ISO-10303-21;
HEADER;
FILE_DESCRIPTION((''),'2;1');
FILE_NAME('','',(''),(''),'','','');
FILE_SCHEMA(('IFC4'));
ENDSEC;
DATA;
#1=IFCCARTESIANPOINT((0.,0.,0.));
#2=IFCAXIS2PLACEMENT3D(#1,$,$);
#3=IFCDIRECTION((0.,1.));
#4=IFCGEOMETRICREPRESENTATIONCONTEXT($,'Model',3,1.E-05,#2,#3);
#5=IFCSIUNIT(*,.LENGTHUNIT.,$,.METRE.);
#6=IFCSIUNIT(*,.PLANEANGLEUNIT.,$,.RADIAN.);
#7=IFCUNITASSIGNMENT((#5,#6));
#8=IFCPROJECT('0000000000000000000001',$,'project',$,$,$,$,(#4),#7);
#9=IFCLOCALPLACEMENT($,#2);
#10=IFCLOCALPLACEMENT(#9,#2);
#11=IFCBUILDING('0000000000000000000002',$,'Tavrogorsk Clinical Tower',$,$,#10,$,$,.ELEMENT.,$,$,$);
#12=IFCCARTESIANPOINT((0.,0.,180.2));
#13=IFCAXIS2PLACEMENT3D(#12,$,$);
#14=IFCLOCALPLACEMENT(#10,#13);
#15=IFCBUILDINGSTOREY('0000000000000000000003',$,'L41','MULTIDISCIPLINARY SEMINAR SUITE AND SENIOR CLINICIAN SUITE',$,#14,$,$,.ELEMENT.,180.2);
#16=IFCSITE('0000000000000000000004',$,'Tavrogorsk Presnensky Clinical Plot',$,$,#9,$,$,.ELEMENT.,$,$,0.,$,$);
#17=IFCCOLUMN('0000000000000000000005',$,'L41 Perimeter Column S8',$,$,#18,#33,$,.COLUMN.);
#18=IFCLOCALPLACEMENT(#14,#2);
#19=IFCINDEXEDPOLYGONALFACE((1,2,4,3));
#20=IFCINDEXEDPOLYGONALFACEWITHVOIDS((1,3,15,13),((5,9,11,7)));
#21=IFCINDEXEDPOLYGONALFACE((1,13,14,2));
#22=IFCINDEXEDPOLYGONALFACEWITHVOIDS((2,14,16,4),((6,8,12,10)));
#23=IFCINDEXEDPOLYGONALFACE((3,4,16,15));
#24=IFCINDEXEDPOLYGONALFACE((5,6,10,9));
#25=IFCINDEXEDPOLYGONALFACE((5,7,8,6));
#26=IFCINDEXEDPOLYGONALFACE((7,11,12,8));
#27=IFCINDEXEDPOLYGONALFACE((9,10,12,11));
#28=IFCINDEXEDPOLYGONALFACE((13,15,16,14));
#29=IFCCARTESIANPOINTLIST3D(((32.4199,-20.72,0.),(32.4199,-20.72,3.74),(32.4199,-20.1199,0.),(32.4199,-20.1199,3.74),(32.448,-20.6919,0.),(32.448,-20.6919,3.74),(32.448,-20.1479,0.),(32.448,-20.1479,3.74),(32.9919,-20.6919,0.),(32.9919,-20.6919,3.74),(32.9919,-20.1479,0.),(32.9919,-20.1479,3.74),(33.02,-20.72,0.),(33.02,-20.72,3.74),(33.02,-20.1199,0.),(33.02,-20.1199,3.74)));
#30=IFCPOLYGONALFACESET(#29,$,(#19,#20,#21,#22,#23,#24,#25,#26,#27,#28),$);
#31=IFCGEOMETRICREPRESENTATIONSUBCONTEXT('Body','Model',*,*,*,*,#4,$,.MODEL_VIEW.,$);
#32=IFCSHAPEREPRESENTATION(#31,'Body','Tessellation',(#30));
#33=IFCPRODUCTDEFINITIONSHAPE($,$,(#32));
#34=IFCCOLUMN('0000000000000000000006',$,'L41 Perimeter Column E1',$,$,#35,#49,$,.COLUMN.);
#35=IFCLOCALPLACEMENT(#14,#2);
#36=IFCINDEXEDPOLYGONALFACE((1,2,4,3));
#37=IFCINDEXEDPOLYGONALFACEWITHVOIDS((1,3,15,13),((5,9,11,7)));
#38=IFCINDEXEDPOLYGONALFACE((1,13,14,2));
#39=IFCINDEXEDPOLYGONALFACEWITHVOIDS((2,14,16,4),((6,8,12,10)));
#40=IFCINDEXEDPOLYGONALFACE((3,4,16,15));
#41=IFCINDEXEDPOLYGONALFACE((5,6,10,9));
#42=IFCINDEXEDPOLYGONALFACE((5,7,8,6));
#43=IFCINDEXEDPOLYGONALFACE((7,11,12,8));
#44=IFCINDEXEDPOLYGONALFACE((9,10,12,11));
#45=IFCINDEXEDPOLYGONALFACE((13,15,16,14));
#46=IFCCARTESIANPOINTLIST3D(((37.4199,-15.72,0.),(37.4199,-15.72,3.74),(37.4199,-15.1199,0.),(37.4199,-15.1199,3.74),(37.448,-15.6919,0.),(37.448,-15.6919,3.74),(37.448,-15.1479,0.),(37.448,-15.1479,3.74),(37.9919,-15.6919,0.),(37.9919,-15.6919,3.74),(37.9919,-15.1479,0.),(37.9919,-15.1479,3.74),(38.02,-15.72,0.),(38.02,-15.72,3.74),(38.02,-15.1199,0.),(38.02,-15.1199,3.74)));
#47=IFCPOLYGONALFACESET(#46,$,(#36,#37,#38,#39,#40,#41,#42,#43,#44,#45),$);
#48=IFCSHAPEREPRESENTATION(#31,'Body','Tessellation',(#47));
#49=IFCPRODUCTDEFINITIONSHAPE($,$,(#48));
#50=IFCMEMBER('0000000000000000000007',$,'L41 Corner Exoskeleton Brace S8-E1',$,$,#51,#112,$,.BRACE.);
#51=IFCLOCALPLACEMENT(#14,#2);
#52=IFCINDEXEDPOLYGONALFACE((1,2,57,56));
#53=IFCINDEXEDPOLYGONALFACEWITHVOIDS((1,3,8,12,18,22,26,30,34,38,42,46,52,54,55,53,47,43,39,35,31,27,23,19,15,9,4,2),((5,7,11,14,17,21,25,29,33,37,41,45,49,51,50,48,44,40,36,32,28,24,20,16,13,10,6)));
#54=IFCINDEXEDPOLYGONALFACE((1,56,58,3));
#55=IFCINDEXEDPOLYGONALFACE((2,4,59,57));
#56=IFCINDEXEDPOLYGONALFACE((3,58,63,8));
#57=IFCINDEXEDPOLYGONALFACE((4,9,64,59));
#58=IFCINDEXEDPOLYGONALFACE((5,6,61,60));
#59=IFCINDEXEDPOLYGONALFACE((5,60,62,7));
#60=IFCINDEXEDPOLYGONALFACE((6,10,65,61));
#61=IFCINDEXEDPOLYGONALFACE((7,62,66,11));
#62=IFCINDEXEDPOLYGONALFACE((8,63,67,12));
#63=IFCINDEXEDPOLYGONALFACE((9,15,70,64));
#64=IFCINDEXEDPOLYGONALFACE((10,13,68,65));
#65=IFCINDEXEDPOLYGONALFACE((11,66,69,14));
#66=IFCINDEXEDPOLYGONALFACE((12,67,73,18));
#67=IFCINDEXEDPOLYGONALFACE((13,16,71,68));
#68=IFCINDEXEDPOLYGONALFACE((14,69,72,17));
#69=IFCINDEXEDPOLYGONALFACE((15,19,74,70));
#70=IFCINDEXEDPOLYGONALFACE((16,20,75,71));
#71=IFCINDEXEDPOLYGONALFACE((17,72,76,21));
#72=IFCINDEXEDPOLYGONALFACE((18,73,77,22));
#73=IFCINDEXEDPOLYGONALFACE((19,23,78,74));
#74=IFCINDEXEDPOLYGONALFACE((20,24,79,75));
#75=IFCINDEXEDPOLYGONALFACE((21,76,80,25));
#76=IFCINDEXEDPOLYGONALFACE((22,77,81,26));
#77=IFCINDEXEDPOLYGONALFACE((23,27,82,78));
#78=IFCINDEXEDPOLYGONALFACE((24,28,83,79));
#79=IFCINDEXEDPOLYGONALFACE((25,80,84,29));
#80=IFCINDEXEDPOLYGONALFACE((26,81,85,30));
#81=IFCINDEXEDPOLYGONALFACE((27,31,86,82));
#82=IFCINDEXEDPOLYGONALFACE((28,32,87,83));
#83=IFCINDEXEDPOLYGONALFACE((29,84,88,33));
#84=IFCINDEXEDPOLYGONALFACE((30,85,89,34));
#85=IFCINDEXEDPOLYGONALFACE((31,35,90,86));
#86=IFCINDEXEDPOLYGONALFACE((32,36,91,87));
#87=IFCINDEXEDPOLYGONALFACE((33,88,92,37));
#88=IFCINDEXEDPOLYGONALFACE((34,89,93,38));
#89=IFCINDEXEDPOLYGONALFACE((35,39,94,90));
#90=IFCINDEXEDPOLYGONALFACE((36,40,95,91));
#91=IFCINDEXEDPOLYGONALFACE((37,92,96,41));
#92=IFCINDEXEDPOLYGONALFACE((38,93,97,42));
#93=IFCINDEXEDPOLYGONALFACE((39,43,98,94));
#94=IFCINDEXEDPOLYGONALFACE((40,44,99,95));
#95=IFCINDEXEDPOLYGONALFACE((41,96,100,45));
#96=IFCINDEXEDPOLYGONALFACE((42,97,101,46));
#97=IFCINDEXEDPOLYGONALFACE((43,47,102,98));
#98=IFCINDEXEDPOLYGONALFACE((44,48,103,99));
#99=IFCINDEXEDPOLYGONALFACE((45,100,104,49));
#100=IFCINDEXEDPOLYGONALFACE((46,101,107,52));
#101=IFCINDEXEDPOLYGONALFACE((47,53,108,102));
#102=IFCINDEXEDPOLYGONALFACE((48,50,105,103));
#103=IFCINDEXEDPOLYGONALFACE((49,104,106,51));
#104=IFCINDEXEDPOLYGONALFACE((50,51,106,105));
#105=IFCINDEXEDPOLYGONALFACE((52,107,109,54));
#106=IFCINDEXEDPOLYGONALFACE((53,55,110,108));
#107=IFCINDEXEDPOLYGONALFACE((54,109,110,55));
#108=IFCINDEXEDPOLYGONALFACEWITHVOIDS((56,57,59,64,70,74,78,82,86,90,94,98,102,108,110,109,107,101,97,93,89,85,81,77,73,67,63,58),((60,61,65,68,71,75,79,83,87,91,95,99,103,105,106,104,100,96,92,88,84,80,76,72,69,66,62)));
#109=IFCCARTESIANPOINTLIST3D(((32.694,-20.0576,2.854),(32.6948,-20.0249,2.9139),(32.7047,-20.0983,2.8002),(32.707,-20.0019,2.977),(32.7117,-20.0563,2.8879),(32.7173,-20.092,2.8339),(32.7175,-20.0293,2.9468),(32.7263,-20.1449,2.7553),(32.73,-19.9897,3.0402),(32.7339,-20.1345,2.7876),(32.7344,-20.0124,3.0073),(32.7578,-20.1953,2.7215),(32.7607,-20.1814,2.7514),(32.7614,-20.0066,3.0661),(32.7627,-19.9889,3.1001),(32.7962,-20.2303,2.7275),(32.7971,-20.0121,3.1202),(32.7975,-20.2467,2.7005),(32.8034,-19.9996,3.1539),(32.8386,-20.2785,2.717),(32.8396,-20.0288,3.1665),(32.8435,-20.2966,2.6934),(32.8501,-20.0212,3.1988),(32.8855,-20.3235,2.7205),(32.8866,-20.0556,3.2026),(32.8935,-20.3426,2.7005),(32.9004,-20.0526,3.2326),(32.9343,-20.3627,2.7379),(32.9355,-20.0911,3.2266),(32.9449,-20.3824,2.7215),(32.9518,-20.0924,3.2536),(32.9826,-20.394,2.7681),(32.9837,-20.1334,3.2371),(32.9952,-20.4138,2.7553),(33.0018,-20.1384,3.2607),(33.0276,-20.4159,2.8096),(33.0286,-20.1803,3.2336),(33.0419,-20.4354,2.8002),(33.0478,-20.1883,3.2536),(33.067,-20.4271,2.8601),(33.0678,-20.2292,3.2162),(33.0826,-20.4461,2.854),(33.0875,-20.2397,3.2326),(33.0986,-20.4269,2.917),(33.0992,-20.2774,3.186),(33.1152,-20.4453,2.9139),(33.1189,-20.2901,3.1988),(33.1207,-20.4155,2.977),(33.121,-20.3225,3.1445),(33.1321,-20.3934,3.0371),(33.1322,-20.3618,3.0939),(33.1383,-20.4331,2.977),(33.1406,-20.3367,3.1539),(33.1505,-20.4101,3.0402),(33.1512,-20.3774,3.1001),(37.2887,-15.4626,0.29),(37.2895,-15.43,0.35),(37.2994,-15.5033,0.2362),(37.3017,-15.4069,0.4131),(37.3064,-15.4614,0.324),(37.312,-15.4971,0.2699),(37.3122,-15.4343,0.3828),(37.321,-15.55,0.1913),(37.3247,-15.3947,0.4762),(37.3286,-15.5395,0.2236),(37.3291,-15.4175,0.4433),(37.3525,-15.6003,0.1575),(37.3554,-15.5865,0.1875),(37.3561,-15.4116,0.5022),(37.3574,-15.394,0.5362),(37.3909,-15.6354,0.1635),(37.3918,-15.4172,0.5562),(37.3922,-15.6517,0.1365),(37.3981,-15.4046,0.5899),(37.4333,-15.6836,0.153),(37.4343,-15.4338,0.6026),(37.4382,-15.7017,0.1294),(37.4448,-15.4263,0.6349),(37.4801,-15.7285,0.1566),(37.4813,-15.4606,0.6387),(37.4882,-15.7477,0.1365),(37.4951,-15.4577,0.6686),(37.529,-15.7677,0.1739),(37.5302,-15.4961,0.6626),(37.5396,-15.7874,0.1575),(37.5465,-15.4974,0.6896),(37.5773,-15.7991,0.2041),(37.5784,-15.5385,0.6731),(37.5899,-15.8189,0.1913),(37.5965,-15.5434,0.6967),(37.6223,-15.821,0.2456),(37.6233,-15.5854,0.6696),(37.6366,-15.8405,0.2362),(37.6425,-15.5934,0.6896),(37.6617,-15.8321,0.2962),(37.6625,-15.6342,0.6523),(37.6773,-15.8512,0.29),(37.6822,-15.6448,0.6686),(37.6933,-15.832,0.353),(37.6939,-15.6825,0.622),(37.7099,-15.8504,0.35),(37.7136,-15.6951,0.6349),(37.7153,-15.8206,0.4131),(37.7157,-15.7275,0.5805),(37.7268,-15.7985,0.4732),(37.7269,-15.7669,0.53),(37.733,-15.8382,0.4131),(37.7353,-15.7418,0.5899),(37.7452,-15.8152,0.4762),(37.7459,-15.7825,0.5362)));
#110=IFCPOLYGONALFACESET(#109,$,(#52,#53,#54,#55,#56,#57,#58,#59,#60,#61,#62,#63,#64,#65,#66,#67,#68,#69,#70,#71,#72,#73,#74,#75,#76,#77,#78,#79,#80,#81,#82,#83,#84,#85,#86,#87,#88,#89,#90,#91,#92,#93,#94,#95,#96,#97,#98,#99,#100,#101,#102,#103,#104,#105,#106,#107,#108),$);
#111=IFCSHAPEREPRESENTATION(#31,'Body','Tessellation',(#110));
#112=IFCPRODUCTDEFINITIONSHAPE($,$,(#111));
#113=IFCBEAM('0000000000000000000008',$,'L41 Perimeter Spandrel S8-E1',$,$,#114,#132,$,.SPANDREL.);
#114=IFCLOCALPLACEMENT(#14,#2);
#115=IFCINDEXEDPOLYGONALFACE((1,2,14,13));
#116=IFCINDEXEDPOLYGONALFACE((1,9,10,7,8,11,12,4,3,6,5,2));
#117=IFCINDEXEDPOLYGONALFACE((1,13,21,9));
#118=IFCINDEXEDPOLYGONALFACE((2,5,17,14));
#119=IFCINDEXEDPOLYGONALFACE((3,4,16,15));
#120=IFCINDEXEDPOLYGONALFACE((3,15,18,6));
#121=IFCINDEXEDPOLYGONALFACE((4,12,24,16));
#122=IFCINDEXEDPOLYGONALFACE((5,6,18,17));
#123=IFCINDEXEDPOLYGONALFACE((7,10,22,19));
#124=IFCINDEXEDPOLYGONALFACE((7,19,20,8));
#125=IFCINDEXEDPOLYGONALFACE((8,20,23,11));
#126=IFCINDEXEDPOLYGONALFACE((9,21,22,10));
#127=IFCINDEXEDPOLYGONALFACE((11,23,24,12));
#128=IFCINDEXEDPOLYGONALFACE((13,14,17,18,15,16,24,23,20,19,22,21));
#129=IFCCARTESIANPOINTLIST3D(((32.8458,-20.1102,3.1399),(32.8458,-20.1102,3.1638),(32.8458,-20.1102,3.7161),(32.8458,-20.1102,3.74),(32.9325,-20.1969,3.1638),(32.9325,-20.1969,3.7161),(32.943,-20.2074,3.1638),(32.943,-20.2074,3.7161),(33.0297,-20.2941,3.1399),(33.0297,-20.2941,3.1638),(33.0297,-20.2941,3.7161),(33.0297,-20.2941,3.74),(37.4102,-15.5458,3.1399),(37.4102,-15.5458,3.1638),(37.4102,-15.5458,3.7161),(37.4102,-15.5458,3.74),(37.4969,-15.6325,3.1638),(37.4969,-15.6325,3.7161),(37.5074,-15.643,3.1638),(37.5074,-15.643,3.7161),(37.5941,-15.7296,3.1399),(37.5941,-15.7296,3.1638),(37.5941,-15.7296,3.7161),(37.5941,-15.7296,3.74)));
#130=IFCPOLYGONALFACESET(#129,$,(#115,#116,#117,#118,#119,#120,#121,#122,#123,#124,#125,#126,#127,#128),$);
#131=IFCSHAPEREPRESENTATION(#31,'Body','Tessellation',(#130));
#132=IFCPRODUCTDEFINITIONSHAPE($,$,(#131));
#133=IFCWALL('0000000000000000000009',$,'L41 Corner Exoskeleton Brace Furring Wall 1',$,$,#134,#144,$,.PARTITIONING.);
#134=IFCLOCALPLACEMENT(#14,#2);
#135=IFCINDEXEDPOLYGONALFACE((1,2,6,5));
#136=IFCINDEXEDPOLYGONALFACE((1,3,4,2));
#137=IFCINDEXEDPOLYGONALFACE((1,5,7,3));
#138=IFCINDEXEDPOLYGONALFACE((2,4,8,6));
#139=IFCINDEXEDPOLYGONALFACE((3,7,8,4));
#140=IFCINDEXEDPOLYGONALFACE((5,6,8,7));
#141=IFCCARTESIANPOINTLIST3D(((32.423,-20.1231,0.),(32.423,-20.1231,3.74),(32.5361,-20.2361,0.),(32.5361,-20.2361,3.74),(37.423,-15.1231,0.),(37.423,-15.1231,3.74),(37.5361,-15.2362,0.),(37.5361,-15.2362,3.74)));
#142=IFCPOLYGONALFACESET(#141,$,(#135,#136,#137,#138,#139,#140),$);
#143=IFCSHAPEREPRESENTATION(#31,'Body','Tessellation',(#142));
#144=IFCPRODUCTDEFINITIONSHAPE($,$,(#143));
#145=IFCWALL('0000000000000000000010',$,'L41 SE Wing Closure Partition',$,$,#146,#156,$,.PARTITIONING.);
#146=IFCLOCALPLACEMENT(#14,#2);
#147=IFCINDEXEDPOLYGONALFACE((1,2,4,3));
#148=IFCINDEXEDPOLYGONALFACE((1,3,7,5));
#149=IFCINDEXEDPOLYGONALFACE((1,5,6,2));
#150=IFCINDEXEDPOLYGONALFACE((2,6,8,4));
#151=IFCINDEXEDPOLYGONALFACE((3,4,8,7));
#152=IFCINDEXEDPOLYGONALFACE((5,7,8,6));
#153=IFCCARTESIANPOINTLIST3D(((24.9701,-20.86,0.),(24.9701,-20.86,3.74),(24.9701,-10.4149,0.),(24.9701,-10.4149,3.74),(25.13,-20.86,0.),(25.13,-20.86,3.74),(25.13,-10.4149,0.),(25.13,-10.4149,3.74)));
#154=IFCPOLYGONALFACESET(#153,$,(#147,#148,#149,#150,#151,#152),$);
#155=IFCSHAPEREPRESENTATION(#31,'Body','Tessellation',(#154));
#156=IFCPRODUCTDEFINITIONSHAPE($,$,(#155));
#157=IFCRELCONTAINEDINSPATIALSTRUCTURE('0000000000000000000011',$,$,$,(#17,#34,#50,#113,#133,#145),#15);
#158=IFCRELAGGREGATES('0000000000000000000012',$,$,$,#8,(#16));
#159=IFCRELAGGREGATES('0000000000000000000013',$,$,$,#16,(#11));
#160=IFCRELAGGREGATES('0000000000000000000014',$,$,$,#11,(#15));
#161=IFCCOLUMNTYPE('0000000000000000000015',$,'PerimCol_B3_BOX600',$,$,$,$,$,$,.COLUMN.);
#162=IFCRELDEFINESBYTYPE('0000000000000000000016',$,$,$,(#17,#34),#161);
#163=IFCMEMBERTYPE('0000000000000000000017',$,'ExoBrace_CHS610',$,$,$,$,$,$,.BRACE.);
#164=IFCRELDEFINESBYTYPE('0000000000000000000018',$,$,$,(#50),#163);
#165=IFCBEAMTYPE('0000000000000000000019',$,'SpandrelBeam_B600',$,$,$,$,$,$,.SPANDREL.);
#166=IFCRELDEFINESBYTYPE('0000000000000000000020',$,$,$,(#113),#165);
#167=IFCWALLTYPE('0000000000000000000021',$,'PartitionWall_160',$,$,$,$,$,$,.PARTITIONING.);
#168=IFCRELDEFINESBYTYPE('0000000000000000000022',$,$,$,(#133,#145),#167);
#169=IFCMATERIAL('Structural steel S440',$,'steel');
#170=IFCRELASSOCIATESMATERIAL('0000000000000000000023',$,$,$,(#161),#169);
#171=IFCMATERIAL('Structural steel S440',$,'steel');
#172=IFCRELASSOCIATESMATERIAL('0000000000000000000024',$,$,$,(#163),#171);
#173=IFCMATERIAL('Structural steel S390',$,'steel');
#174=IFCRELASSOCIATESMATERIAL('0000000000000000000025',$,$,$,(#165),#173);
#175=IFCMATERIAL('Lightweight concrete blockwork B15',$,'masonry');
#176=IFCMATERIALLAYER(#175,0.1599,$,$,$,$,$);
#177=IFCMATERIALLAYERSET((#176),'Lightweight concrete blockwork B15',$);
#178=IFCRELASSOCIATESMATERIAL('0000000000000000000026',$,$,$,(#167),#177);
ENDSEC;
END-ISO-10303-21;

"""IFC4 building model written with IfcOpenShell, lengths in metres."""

from ifc_helpers import new_model, si_unit, direction, frame, frame_2d, origin, origin_2d, place, context, subcontext, project, spatial, rectangle, hollow_rectangle, hollow_circle, i_section, extrude, material, layer, layer_set, material_profile, profile_set, type_object, element, save


model = new_model("IFC4")

# Units and contexts
model_context = context("Model", 3, precision=1e-05, world=origin(), true_north=direction((0.0, 1.0)))
body_context = subcontext(model_context, "Body", "Model", "MODEL_VIEW")
ifc_project = project(units=[si_unit("LENGTHUNIT", "METRE"), si_unit("PLANEANGLEUNIT", "RADIAN")], contexts=[model_context])

# Site, building, storey
site_placement = place(None, origin())
site = spatial("IfcSite", under=ifc_project, at=site_placement, Name="Tavrogorsk Presnensky Clinical Plot", CompositionType="ELEMENT", RefElevation=0.0)
building_placement = place(site_placement, origin())
building = spatial("IfcBuilding", under=site, at=building_placement, Name="Tavrogorsk Clinical Tower", CompositionType="ELEMENT")
storey_placement = place(building_placement, frame((0.0, 0.0, 180.2)))
storey = spatial("IfcBuildingStorey", under=building, at=storey_placement, Name="L41", Description="MULTIDISCIPLINARY SEMINAR SUITE AND SENIOR CLINICIAN SUITE", CompositionType="ELEMENT", Elevation=180.2)

# Columns
ifc_material_1 = material(Name="Structural steel S440", Category="steel")
ifc_material_profile_1 = material_profile(ifc_material_1, hollow_rectangle(XDim=0.6001, YDim=0.6001, WallThickness=0.0281, at=origin_2d()), Name="BOX-600x600x28")
ifc_profile_set_1 = profile_set([ifc_material_profile_1], Name="Structural steel S440")
column_type = type_object("IfcColumnType", Name="PerimCol_B3_BOX600", PredefinedType="COLUMN", material=ifc_profile_set_1)
for number, where, z_axis, x_axis, name in (
    (1, (32.72, -20.4199, 0.0), (0.0, 0.0, 1.0), (1.0, 0.0, 0.0), "L41 Perimeter Column S8"),
    (2, (37.72, -15.4199, 0.0), (0.0, 0.0, 1.0), (1.0, 0.0, 0.0), "L41 Perimeter Column E1"),
):
    element("IfcColumn", number, at=place(storey_placement, frame(where, z_axis=z_axis, x_axis=x_axis)), inside=storey, type_object=column_type, Name=name, PredefinedType="COLUMN", context=body_context, shape_type="SweptSolid", body=[
        extrude(hollow_rectangle(XDim=0.6001, YDim=0.6001, WallThickness=0.0281, at=origin_2d()), origin(), (0.0, 0.0, 1.0), 3.74),
    ])

# Member
ifc_material_2 = material(Name="Structural steel S440", Category="steel")
ifc_material_profile_2 = material_profile(ifc_material_2, hollow_circle(Radius=0.3049, WallThickness=0.0249, at=origin_2d()), Name="CHS-610x25")
ifc_profile_set_2 = profile_set([ifc_material_profile_2], Name="Structural steel S440")
member_type = type_object("IfcMemberType", Name="ExoBrace_CHS610", PredefinedType="BRACE", material=ifc_profile_set_2)
member_placement = place(storey_placement, frame((37.5173, -15.6226, 0.4131), z_axis=(-0.657739, -0.657774, 0.367034), x_axis=(0.707126, -0.707088, 0.0)))
element("IfcMember", 3, at=member_placement, inside=storey, type_object=member_type, Name="L41 Corner Exoskeleton Brace S8-E1", PredefinedType="BRACE", context=body_context, shape_type="SweptSolid", body=[
    extrude(hollow_circle(Radius=0.3049, WallThickness=0.0249, at=origin_2d()), origin(), (0.0, 0.0, 1.0), 6.9856),
])

# Beam
ifc_material_3 = material(Name="Structural steel S390", Category="steel")
ifc_material_profile_3 = material_profile(ifc_material_3, i_section(OverallWidth=0.26, OverallDepth=0.6001, WebThickness=0.0149, FlangeThickness=0.0239, at=origin_2d()), Name="B-600x260x15x24")
ifc_profile_set_3 = profile_set([ifc_material_profile_3], Name="Structural steel S390")
beam_type = type_object("IfcBeamType", Name="SpandrelBeam_B600", PredefinedType="SPANDREL", material=ifc_profile_set_3)
beam_placement = place(storey_placement, frame((32.9377, -20.2021, 3.4399), z_axis=(0.707107, 0.707107, 0.0), x_axis=(-0.707107, 0.707107, 0.0)))
element("IfcBeam", 4, at=beam_placement, inside=storey, type_object=beam_type, Name="L41 Perimeter Spandrel S8-E1", PredefinedType="SPANDREL", context=body_context, shape_type="SweptSolid", body=[
    extrude(i_section(OverallWidth=0.26, OverallDepth=0.6001, WebThickness=0.0149, FlangeThickness=0.0239, at=origin_2d()), origin(), (0.0, 0.0, 1.0), 6.4551),
])

# Walls
ifc_material_4 = material(Name="Lightweight concrete blockwork B15", Category="masonry")
ifc_layer_1 = layer(ifc_material_4, 0.1599)
ifc_layer_set_1 = layer_set([ifc_layer_1], Name="Lightweight concrete blockwork B15")
wall_type_1 = type_object("IfcWallType", Name="PartitionWall_160", PredefinedType="PARTITIONING", material=ifc_layer_set_1)
wall_1_placement = place(storey_placement, frame((32.4795, -20.1797, 0.0), z_axis=(0.0, 0.0, 1.0), x_axis=(0.707107, 0.707107, 0.0)))
element("IfcWall", 5, at=wall_1_placement, inside=storey, type_object=wall_type_1, Name="L41 Corner Exoskeleton Brace Furring Wall 1", PredefinedType="PARTITIONING", context=body_context, shape_type="SweptSolid", body=[
    extrude(rectangle(XDim=7.071, YDim=0.1599, at=frame_2d((3.5356, 0.0))), origin(), (0.0, 0.0, 1.0), 3.74),
])
wall_2_placement = place(storey_placement, frame((25.05, -20.8601, 0.0), z_axis=(0.0, 0.0, 1.0), x_axis=(0.0, 1.0, 0.0)))
element("IfcWall", 6, at=wall_2_placement, inside=storey, type_object=wall_type_1, Name="L41 SE Wing Closure Partition", PredefinedType="PARTITIONING", context=body_context, shape_type="SweptSolid", body=[
    extrude(rectangle(XDim=10.4451, YDim=0.1599, at=frame_2d((5.2227, 0.0))), origin(), (0.0, 0.0, 1.0), 3.74),
])

save(model, "model.ifc")
